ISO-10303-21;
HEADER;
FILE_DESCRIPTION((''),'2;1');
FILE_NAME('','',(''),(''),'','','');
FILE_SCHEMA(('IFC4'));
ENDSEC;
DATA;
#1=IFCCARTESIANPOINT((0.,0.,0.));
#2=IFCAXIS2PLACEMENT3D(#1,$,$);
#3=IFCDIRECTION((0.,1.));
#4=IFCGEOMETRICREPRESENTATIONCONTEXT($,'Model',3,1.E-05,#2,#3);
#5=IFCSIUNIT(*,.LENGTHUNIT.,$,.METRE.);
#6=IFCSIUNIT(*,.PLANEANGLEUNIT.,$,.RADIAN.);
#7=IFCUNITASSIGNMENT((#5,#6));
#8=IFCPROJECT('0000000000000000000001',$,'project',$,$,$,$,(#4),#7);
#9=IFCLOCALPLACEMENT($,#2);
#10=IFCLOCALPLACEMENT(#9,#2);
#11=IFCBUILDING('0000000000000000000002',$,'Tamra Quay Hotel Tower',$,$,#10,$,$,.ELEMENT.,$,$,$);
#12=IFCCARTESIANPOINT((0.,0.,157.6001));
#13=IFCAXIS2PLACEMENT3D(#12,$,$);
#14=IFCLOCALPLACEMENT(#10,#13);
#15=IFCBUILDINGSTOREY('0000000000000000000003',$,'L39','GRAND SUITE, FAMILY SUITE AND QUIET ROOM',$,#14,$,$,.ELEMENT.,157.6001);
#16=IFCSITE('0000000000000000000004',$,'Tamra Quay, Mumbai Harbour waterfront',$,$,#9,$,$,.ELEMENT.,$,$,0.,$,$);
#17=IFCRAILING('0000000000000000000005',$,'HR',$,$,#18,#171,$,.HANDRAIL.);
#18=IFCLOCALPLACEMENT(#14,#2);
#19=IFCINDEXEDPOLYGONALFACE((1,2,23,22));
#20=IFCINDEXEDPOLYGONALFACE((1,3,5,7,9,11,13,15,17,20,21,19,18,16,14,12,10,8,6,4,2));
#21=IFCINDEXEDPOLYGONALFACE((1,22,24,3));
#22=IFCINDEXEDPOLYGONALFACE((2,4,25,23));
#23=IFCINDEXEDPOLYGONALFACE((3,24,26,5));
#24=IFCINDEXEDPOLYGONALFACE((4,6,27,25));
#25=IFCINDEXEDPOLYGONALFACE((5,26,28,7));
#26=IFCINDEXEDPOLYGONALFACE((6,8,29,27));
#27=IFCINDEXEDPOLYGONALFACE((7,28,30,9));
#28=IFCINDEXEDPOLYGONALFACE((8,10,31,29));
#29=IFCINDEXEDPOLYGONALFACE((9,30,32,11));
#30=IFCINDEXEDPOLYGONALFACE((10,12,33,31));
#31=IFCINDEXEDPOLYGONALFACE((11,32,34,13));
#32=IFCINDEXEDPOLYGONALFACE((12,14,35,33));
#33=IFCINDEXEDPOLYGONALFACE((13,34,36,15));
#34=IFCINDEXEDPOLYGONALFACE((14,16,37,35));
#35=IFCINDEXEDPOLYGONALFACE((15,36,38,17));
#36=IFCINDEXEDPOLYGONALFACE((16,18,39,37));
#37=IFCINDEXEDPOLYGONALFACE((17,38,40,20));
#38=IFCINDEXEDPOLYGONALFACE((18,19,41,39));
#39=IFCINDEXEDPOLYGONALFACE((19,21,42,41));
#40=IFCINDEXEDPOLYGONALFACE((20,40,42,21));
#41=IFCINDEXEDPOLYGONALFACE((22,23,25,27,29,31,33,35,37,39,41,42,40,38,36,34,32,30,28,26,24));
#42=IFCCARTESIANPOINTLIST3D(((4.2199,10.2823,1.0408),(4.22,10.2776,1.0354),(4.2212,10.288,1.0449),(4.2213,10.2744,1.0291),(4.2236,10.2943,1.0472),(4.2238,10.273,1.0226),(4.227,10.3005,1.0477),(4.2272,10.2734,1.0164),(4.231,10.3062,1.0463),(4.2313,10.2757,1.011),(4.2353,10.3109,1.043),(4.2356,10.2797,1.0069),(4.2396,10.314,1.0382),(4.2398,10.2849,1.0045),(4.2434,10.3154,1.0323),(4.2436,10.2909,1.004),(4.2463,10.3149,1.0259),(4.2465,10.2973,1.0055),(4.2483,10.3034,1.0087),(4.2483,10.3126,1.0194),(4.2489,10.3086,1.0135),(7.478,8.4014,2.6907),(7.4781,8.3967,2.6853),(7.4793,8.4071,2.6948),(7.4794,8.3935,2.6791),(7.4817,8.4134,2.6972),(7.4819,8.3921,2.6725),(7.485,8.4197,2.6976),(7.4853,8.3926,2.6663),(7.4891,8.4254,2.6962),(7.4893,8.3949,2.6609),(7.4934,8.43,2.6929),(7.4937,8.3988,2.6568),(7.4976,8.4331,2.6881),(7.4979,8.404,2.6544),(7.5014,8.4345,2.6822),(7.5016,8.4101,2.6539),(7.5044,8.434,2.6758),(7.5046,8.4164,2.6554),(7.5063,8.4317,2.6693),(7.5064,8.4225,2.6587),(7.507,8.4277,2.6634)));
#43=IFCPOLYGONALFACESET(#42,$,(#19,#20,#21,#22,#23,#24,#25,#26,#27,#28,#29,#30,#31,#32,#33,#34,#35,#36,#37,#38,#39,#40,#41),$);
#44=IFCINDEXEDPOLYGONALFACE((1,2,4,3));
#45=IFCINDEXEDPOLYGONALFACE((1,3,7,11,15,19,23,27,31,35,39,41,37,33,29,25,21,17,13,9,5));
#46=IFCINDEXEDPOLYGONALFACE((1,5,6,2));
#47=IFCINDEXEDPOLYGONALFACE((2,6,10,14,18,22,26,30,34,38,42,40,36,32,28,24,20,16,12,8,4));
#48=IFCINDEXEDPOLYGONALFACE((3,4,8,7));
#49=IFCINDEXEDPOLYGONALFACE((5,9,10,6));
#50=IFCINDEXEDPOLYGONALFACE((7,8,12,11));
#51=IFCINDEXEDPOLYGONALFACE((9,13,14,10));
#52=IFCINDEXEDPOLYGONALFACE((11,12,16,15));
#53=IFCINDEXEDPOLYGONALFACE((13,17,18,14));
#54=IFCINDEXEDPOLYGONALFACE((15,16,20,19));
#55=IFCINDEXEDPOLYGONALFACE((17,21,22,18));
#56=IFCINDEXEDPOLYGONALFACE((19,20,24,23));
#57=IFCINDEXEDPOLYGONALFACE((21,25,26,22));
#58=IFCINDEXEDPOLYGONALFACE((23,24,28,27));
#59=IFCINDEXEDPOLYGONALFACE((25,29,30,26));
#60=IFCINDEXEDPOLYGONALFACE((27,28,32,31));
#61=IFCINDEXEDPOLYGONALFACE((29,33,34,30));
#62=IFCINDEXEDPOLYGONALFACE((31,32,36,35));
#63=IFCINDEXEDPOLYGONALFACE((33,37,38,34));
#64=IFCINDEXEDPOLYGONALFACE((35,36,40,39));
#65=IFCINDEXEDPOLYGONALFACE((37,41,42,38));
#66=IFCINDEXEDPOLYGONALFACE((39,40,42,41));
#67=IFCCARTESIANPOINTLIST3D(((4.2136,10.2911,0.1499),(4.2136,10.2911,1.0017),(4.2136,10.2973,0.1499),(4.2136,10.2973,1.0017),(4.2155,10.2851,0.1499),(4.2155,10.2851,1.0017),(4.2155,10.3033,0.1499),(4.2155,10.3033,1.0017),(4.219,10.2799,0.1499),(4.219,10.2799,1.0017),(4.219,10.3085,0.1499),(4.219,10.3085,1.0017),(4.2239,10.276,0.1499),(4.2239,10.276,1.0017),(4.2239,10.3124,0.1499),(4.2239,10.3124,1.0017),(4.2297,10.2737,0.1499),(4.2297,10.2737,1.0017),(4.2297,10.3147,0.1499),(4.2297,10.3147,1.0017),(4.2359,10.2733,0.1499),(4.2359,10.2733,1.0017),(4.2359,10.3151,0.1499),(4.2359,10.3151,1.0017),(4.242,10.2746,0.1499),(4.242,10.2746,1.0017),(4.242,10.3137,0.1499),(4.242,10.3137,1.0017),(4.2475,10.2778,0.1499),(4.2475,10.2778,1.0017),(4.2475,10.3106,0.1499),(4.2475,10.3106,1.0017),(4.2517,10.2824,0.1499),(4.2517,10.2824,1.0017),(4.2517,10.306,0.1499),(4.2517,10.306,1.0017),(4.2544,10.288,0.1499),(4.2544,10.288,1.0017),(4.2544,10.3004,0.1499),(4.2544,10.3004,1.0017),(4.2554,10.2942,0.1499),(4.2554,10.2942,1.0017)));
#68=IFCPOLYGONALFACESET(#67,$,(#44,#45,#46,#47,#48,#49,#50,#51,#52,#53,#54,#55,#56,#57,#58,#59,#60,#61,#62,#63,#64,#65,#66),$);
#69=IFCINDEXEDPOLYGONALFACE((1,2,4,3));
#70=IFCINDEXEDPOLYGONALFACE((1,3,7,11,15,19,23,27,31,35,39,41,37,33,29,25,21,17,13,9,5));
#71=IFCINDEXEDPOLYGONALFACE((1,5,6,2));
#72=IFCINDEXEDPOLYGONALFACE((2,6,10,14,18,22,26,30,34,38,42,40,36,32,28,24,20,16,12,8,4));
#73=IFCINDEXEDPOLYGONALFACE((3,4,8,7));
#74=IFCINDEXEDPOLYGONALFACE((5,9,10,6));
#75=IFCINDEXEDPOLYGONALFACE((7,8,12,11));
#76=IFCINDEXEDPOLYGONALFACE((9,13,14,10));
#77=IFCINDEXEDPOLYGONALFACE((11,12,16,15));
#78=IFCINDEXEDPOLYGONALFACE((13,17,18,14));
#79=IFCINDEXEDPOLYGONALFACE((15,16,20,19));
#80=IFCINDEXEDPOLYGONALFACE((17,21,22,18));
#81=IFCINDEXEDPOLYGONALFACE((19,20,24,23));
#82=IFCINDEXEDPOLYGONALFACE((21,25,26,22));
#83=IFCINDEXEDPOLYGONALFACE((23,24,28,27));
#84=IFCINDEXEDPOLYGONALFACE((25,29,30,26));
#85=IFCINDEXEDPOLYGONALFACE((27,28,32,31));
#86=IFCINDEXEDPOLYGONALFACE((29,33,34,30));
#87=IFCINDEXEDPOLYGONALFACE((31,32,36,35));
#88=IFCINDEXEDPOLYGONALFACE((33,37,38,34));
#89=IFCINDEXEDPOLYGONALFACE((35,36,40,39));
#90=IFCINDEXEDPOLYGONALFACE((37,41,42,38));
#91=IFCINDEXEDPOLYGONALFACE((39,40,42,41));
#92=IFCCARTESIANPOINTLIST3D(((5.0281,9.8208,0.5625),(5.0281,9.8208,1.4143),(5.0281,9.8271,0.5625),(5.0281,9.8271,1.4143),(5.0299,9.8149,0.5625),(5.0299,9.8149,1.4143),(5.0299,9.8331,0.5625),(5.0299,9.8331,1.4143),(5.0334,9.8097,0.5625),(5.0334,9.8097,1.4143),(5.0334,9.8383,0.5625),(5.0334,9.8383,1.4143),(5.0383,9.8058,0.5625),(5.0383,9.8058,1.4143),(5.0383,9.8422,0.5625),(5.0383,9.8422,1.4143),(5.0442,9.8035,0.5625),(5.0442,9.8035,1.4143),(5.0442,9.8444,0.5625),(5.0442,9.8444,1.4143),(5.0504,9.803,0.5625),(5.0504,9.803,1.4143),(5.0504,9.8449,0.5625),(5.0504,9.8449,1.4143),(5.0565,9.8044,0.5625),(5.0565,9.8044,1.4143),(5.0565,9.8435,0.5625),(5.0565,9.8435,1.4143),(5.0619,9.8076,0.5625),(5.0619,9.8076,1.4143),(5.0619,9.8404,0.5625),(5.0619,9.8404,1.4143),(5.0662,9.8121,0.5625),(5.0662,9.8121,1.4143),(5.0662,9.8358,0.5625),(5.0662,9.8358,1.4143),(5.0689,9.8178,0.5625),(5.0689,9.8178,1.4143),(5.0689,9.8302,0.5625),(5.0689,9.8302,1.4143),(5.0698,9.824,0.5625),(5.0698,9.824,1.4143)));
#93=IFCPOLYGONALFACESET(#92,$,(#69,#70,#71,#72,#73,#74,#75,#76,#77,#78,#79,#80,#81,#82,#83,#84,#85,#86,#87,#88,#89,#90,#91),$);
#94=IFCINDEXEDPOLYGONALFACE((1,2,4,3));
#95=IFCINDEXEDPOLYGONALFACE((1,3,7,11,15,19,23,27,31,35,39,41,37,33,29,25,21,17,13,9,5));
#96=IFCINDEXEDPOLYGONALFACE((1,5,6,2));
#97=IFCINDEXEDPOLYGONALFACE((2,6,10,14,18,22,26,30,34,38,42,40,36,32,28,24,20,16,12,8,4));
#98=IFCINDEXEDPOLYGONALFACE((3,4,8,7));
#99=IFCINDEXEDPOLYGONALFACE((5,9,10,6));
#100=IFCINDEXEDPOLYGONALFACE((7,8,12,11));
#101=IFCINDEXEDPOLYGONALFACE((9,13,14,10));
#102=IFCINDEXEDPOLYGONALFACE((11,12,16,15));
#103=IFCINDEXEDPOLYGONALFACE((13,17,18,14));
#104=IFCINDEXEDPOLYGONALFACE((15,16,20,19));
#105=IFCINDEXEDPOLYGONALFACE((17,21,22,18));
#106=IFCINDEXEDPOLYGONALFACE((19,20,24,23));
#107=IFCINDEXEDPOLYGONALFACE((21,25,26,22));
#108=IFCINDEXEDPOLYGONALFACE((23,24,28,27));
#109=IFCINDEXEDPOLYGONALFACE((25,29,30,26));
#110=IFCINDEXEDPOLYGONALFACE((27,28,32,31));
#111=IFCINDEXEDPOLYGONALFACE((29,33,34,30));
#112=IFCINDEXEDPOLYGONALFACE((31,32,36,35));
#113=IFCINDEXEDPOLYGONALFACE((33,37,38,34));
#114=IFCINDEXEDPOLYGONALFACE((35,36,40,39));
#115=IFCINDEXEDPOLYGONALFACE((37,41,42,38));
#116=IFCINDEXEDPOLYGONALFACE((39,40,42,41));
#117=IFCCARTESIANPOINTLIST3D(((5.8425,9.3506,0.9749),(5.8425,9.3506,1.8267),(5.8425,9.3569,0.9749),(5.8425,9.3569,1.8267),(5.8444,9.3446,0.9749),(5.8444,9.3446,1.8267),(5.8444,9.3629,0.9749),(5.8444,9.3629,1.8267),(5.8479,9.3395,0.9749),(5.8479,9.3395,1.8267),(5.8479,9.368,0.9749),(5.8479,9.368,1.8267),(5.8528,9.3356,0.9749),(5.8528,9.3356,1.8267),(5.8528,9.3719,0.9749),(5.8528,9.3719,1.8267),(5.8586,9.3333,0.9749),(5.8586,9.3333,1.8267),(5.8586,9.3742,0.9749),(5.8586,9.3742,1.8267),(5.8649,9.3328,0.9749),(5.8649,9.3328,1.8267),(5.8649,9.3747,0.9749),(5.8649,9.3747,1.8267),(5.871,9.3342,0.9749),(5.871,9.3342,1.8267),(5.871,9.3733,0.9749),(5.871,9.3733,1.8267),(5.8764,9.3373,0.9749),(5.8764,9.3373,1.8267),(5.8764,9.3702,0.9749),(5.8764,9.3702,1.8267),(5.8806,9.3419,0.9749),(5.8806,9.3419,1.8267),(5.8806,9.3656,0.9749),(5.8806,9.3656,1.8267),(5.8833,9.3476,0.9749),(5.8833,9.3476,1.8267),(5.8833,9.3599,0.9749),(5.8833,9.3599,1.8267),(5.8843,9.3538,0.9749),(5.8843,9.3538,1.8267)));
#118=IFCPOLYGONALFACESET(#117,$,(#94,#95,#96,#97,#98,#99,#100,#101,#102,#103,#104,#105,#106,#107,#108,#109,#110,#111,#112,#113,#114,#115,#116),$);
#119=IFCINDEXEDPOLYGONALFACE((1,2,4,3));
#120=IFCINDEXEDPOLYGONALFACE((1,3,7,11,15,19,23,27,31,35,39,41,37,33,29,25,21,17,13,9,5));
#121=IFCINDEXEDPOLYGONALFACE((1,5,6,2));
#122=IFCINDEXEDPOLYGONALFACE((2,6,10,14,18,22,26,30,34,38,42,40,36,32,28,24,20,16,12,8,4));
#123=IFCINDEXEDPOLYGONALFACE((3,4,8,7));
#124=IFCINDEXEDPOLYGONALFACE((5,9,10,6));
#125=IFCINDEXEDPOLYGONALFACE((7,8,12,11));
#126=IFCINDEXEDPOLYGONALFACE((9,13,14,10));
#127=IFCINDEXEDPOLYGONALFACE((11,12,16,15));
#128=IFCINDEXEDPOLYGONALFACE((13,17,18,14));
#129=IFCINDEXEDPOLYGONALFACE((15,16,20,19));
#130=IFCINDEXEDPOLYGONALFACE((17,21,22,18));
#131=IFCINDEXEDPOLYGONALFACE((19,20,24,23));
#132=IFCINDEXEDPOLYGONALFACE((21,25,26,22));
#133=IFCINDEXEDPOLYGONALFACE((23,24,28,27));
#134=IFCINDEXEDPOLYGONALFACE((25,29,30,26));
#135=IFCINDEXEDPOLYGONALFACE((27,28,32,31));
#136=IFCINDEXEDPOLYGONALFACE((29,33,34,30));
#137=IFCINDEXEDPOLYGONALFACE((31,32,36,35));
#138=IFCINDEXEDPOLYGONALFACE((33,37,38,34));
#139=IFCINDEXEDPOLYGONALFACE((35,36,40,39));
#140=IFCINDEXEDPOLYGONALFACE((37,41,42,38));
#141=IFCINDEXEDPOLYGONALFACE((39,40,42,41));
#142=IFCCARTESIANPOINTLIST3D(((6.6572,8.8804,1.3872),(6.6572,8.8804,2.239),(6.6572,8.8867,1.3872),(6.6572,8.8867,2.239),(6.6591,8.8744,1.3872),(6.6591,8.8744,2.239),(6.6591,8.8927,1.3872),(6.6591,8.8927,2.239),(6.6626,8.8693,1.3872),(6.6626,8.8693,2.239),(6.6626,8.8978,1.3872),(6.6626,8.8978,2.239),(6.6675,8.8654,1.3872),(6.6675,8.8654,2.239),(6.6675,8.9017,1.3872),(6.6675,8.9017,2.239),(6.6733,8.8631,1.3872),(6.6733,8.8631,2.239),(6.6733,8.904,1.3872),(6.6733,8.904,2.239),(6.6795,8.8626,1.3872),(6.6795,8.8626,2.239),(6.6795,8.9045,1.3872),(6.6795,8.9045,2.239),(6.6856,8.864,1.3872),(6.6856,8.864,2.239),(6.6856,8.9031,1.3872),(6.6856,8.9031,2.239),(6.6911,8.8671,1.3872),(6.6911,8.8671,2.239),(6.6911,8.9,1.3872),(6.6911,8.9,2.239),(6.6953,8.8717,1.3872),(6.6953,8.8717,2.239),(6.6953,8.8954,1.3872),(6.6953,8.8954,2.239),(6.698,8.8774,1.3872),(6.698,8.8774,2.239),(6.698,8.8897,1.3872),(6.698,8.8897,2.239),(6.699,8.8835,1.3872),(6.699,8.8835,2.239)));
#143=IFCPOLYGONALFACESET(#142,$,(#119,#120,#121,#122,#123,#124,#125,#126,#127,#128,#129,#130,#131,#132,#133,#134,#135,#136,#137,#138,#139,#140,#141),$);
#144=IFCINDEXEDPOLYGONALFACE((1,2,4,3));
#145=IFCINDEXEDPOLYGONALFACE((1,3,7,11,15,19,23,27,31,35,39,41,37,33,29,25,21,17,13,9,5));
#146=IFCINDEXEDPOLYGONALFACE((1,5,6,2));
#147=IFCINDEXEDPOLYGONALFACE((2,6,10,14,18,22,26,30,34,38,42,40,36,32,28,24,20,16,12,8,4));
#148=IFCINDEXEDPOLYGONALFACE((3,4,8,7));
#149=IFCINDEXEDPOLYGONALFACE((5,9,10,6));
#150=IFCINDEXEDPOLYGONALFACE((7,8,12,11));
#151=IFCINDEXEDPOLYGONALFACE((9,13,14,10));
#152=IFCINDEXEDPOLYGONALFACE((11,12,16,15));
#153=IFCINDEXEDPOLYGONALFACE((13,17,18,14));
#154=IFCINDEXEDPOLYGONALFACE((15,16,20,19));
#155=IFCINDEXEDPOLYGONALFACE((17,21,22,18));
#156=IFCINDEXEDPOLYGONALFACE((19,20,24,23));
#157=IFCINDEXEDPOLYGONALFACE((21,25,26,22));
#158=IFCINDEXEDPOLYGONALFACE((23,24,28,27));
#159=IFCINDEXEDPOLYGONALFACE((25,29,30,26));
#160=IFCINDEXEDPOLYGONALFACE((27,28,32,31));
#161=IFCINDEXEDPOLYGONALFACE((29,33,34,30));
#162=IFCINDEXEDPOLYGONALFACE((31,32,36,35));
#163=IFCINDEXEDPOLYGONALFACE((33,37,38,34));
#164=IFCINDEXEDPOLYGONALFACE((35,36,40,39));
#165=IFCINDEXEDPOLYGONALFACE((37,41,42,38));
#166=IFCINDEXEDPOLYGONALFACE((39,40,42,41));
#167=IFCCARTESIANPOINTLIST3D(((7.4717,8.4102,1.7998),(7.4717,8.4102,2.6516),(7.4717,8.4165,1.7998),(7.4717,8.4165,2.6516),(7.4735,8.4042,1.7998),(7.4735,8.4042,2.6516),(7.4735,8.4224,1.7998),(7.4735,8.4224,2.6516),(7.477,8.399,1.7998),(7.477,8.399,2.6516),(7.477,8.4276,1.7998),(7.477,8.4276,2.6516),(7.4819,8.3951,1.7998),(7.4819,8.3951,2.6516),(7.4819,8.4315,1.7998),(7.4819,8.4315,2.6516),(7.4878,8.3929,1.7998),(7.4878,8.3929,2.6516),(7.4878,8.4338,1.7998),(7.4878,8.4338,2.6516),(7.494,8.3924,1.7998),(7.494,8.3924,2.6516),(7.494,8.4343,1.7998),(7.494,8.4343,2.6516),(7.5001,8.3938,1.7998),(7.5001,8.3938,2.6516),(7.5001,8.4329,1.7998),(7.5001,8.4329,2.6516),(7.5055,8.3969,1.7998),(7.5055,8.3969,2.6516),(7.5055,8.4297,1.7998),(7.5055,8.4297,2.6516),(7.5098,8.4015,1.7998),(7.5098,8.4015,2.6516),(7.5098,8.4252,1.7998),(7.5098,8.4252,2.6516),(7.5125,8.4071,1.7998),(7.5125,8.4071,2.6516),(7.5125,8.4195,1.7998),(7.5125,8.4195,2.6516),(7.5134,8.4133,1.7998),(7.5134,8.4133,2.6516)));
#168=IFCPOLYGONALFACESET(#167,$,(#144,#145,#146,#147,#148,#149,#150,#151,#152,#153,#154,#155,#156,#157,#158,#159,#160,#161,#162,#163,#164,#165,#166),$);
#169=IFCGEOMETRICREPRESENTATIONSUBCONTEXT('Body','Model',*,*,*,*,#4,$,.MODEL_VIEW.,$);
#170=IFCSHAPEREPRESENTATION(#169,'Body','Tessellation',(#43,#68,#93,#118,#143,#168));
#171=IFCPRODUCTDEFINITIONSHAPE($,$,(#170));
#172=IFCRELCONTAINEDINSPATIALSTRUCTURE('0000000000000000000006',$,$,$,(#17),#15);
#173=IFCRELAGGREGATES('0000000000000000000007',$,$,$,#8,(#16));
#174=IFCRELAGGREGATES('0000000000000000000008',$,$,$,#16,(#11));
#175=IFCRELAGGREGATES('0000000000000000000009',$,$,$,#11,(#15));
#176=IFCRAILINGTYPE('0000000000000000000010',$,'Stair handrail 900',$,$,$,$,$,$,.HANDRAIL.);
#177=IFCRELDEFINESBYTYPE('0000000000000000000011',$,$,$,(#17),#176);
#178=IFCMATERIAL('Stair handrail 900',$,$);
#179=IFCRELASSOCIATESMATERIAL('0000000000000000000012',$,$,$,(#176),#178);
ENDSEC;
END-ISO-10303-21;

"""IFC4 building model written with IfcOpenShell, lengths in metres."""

from ifc_helpers import new_model, si_unit, direction, frame, origin, origin_2d, place, context, subcontext, project, spatial, circle, extrude, material, type_object, element, save


model = new_model("IFC4")

# Units and contexts
model_context = context("Model", 3, precision=1e-05, world=origin(), true_north=direction((0.0, 1.0)))
body_context = subcontext(model_context, "Body", "Model", "MODEL_VIEW")
ifc_project = project(units=[si_unit("LENGTHUNIT", "METRE"), si_unit("PLANEANGLEUNIT", "RADIAN")], contexts=[model_context])

# Site, building, storey
site_placement = place(None, origin())
site = spatial("IfcSite", under=ifc_project, at=site_placement, Name="Tamra Quay, Mumbai Harbour waterfront", CompositionType="ELEMENT", RefElevation=0.0)
building_placement = place(site_placement, origin())
building = spatial("IfcBuilding", under=site, at=building_placement, Name="Tamra Quay Hotel Tower", CompositionType="ELEMENT")
storey_placement = place(building_placement, frame((0.0, 0.0, 157.6001)))
storey = spatial("IfcBuildingStorey", under=building, at=storey_placement, Name="L39", Description="GRAND SUITE, FAMILY SUITE AND QUIET ROOM", CompositionType="ELEMENT", Elevation=157.6001)

# Railing
ifc_material_1 = material(Name="Stair handrail 900")
railing_type = type_object("IfcRailingType", Name="Stair handrail 900", PredefinedType="HANDRAIL", material=ifc_material_1)
railing_placement = place(storey_placement, frame((4.2344, 10.2942, 0.1499)))
element("IfcRailing", 1, at=railing_placement, inside=storey, type_object=railing_type, Name="HR", PredefinedType="HANDRAIL", context=body_context, shape_type="SweptSolid", body=[
    extrude(circle(Radius=0.0239, at=origin_2d()), frame((0.0, 0.0, 0.876), z_axis=(0.793122, -0.457865, 0.401642), x_axis=(0.499964, 0.866046, 0.0)), (0.0, 0.0, 1.0), 4.1079),
    extrude(circle(Radius=0.021, at=origin_2d()), origin(), (0.0, 0.0, 1.0), 0.8518),
    extrude(circle(Radius=0.021, at=origin_2d()), frame((0.8145, -0.4702, 0.4126)), (0.0, 0.0, 1.0), 0.8518),
    extrude(circle(Radius=0.021, at=origin_2d()), frame((1.6289, -0.9404, 0.825)), (0.0, 0.0, 1.0), 0.8518),
    extrude(circle(Radius=0.021, at=origin_2d()), frame((2.4436, -1.4106, 1.2373)), (0.0, 0.0, 1.0), 0.8518),
    extrude(circle(Radius=0.021, at=origin_2d()), frame((3.2581, -1.8809, 1.6499)), (0.0, 0.0, 1.0), 0.8518),
])

save(model, "model.ifc")
